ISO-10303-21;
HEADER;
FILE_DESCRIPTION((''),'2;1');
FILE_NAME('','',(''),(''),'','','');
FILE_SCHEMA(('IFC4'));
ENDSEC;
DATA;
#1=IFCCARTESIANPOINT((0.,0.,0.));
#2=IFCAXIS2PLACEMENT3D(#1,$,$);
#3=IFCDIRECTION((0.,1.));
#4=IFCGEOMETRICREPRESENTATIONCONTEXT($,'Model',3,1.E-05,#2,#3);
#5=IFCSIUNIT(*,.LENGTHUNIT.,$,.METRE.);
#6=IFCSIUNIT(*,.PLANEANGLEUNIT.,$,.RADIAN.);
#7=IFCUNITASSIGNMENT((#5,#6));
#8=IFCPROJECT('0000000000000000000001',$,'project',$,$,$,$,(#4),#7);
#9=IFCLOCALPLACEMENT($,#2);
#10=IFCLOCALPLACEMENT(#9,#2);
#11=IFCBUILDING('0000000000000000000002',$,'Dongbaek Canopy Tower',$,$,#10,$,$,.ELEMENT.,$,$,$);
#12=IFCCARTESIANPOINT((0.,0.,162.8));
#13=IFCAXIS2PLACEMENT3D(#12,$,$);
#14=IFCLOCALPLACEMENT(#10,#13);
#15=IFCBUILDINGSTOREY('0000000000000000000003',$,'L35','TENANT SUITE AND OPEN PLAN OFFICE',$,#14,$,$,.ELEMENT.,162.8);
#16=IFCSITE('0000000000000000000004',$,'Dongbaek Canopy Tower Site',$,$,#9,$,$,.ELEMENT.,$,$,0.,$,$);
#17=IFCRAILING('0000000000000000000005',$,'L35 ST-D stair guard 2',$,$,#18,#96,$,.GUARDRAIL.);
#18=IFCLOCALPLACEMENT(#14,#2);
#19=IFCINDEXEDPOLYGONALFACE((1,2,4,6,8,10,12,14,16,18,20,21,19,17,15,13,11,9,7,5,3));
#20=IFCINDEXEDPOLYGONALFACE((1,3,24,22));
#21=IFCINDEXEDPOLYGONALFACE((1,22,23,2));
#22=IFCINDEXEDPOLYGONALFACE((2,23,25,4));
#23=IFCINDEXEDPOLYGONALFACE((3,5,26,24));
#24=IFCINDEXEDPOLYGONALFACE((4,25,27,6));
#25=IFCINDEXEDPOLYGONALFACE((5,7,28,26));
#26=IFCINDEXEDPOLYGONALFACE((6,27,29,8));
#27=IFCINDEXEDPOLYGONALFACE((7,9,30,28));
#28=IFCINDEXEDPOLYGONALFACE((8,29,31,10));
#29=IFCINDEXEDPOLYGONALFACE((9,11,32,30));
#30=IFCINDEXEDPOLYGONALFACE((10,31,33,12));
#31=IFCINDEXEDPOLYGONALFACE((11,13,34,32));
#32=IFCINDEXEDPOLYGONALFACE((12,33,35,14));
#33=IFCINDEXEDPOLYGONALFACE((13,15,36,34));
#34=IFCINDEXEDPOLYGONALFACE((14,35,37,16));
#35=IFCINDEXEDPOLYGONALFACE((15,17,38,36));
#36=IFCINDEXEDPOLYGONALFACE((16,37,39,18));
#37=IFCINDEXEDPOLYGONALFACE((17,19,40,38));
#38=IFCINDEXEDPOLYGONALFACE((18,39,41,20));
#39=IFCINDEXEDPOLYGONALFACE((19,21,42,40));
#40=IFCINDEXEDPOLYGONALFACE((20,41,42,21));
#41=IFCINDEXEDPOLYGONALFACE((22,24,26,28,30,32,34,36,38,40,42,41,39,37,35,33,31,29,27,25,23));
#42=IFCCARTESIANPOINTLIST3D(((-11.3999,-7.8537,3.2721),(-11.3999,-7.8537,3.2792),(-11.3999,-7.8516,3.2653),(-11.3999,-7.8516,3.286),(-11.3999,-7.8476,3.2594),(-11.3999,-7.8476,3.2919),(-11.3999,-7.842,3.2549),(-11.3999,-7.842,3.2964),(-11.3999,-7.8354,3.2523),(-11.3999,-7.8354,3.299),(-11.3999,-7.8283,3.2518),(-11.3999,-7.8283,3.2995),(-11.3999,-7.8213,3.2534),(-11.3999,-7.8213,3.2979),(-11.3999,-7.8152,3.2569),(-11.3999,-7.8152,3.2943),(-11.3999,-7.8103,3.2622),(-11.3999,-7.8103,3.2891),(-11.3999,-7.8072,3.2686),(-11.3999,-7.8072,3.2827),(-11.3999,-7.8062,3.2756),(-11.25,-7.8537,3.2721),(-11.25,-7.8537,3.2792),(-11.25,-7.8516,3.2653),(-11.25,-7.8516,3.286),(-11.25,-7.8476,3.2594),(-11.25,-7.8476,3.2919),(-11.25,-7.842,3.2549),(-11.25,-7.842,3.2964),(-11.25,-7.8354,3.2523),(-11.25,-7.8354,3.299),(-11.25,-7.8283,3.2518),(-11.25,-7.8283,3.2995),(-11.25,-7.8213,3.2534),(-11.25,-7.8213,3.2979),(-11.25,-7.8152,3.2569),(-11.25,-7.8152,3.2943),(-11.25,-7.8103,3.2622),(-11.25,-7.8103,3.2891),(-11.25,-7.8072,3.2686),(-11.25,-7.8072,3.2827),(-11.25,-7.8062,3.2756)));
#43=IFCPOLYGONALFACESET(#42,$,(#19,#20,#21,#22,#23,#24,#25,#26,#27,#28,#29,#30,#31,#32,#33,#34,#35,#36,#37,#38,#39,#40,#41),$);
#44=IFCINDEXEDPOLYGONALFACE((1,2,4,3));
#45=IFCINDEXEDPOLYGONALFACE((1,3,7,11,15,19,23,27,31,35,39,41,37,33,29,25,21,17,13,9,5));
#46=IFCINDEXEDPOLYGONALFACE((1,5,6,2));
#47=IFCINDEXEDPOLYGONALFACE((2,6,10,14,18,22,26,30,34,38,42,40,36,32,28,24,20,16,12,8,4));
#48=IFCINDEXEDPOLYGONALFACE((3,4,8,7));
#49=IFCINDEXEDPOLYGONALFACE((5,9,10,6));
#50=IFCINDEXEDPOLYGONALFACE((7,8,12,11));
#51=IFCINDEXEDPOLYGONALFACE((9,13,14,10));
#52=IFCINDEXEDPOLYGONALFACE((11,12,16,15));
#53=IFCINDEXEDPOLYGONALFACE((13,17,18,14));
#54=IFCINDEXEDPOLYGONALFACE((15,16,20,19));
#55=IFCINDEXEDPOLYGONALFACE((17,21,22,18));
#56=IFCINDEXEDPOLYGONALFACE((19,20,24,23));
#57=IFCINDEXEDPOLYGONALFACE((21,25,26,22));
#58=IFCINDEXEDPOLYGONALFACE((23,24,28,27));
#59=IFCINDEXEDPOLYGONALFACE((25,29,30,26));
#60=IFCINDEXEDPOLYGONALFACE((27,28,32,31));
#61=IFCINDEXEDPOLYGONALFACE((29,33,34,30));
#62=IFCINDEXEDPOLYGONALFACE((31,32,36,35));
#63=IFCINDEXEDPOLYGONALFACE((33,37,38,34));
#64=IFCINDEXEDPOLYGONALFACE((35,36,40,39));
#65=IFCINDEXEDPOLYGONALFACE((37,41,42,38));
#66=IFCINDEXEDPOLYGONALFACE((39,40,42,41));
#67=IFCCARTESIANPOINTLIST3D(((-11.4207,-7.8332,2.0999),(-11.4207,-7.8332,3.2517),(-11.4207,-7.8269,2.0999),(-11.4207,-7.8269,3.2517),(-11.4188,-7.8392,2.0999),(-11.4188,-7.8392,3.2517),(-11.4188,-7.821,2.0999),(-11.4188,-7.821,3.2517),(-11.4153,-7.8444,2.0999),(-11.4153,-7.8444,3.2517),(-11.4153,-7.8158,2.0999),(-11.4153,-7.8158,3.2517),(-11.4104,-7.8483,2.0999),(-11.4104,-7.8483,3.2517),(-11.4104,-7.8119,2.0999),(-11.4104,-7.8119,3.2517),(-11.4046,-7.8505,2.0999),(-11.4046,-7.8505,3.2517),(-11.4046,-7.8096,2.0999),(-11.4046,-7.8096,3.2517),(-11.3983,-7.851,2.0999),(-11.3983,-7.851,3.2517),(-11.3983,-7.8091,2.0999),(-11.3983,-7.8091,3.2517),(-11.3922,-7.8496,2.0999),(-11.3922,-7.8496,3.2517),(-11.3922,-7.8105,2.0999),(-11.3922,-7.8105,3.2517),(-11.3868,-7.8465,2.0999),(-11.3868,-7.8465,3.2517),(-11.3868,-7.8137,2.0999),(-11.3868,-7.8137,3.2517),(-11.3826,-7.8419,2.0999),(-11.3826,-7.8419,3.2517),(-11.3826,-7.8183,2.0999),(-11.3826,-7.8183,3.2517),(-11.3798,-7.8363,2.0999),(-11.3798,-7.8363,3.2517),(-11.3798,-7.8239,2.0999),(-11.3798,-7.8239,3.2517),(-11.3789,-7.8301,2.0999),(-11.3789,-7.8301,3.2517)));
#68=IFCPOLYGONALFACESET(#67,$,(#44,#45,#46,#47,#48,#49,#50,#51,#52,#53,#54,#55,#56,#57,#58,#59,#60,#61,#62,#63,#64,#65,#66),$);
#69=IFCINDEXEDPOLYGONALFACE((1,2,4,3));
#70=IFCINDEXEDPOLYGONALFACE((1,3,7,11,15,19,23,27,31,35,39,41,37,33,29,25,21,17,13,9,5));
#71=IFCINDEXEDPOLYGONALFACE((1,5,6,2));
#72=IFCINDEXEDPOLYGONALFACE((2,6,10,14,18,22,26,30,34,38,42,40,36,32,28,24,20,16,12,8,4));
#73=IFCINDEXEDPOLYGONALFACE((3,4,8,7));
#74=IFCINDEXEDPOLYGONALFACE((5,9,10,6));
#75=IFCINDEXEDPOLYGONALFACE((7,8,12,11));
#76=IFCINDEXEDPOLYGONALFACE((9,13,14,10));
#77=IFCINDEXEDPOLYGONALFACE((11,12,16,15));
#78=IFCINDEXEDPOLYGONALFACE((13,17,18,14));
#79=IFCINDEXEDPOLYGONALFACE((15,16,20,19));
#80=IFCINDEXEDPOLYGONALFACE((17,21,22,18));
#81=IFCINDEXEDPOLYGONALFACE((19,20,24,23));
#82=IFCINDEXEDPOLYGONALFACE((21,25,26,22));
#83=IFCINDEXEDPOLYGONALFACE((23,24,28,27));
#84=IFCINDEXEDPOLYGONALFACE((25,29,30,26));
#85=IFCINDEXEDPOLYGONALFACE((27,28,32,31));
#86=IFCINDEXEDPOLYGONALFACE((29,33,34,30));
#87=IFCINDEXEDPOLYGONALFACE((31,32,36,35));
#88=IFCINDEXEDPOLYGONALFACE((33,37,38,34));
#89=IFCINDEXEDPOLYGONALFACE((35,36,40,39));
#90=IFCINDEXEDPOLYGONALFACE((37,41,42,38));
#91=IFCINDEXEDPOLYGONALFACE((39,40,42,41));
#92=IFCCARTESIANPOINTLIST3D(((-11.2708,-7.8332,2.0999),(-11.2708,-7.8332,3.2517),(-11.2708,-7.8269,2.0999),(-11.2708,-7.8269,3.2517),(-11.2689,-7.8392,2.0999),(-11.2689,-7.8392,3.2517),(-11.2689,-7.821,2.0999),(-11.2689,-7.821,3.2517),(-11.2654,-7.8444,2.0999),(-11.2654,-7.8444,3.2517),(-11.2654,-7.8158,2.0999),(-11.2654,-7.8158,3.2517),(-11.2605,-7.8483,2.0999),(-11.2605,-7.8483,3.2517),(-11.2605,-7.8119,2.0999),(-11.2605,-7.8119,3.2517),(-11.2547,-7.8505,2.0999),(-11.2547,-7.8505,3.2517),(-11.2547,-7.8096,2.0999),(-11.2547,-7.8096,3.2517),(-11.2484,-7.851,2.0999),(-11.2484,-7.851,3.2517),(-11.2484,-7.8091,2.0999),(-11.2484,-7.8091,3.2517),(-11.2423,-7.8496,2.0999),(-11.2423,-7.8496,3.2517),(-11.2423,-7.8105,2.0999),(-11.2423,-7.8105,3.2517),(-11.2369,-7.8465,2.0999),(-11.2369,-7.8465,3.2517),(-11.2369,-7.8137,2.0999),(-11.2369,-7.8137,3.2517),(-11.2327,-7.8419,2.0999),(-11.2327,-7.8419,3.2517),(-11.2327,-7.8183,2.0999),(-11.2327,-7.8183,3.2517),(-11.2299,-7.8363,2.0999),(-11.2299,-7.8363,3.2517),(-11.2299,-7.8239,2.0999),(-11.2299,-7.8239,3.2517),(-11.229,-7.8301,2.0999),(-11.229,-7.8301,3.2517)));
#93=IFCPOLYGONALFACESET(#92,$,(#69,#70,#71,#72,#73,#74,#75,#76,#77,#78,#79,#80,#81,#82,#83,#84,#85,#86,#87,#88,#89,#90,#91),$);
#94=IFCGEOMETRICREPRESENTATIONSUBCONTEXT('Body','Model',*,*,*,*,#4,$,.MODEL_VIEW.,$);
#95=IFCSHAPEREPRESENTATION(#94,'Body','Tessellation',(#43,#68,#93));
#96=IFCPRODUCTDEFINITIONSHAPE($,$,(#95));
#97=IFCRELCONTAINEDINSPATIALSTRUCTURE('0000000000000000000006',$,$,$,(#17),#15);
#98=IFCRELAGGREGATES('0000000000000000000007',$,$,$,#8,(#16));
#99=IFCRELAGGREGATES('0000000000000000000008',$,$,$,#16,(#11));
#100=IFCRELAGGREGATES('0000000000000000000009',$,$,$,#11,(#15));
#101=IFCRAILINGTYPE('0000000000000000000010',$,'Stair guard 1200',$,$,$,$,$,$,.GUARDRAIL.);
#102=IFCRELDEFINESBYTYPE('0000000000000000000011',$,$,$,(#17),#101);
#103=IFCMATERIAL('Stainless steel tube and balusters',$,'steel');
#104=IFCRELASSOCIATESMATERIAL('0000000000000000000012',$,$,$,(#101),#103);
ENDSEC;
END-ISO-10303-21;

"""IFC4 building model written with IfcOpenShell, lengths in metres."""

from ifc_helpers import new_model, si_unit, direction, frame, origin, origin_2d, place, context, subcontext, project, spatial, circle, extrude, material, type_object, element, save


model = new_model("IFC4")

# Units and contexts
model_context = context("Model", 3, precision=1e-05, world=origin(), true_north=direction((0.0, 1.0)))
body_context = subcontext(model_context, "Body", "Model", "MODEL_VIEW")
ifc_project = project(units=[si_unit("LENGTHUNIT", "METRE"), si_unit("PLANEANGLEUNIT", "RADIAN")], contexts=[model_context])

# Site, building, storey
site_placement = place(None, origin())
site = spatial("IfcSite", under=ifc_project, at=site_placement, Name="Dongbaek Canopy Tower Site", CompositionType="ELEMENT", RefElevation=0.0)
building_placement = place(site_placement, origin())
building = spatial("IfcBuilding", under=site, at=building_placement, Name="Dongbaek Canopy Tower", CompositionType="ELEMENT")
storey_placement = place(building_placement, frame((0.0, 0.0, 162.8)))
storey = spatial("IfcBuildingStorey", under=building, at=storey_placement, Name="L35", Description="TENANT SUITE AND OPEN PLAN OFFICE", CompositionType="ELEMENT", Elevation=162.8)

# Railing
ifc_material_1 = material(Name="Stainless steel tube and balusters", Category="steel")
railing_type_1 = type_object("IfcRailingType", Name="Stair guard 1200", PredefinedType="GUARDRAIL", material=ifc_material_1)
railing_1_placement = place(storey_placement, frame((-11.3999, -7.8301, 2.0999)))
element("IfcRailing", 1, at=railing_1_placement, inside=storey, type_object=railing_type_1, Name="L35 ST-D stair guard 2", PredefinedType="GUARDRAIL", context=body_context, shape_type="SweptSolid", body=[
    extrude(circle(Radius=0.0239, at=origin_2d()), frame((0.0, 0.0, 1.1758), z_axis=(1.0, 0.0, 0.0), x_axis=(0.0, 1.0, 0.0)), (0.0, 0.0, 1.0), 0.1499),
    extrude(circle(Radius=0.021, at=origin_2d()), origin(), (0.0, 0.0, 1.0), 1.1519),
    extrude(circle(Radius=0.021, at=origin_2d()), frame((0.1499, 0.0, 0.0)), (0.0, 0.0, 1.0), 1.1519),
])

save(model, "model.ifc")
